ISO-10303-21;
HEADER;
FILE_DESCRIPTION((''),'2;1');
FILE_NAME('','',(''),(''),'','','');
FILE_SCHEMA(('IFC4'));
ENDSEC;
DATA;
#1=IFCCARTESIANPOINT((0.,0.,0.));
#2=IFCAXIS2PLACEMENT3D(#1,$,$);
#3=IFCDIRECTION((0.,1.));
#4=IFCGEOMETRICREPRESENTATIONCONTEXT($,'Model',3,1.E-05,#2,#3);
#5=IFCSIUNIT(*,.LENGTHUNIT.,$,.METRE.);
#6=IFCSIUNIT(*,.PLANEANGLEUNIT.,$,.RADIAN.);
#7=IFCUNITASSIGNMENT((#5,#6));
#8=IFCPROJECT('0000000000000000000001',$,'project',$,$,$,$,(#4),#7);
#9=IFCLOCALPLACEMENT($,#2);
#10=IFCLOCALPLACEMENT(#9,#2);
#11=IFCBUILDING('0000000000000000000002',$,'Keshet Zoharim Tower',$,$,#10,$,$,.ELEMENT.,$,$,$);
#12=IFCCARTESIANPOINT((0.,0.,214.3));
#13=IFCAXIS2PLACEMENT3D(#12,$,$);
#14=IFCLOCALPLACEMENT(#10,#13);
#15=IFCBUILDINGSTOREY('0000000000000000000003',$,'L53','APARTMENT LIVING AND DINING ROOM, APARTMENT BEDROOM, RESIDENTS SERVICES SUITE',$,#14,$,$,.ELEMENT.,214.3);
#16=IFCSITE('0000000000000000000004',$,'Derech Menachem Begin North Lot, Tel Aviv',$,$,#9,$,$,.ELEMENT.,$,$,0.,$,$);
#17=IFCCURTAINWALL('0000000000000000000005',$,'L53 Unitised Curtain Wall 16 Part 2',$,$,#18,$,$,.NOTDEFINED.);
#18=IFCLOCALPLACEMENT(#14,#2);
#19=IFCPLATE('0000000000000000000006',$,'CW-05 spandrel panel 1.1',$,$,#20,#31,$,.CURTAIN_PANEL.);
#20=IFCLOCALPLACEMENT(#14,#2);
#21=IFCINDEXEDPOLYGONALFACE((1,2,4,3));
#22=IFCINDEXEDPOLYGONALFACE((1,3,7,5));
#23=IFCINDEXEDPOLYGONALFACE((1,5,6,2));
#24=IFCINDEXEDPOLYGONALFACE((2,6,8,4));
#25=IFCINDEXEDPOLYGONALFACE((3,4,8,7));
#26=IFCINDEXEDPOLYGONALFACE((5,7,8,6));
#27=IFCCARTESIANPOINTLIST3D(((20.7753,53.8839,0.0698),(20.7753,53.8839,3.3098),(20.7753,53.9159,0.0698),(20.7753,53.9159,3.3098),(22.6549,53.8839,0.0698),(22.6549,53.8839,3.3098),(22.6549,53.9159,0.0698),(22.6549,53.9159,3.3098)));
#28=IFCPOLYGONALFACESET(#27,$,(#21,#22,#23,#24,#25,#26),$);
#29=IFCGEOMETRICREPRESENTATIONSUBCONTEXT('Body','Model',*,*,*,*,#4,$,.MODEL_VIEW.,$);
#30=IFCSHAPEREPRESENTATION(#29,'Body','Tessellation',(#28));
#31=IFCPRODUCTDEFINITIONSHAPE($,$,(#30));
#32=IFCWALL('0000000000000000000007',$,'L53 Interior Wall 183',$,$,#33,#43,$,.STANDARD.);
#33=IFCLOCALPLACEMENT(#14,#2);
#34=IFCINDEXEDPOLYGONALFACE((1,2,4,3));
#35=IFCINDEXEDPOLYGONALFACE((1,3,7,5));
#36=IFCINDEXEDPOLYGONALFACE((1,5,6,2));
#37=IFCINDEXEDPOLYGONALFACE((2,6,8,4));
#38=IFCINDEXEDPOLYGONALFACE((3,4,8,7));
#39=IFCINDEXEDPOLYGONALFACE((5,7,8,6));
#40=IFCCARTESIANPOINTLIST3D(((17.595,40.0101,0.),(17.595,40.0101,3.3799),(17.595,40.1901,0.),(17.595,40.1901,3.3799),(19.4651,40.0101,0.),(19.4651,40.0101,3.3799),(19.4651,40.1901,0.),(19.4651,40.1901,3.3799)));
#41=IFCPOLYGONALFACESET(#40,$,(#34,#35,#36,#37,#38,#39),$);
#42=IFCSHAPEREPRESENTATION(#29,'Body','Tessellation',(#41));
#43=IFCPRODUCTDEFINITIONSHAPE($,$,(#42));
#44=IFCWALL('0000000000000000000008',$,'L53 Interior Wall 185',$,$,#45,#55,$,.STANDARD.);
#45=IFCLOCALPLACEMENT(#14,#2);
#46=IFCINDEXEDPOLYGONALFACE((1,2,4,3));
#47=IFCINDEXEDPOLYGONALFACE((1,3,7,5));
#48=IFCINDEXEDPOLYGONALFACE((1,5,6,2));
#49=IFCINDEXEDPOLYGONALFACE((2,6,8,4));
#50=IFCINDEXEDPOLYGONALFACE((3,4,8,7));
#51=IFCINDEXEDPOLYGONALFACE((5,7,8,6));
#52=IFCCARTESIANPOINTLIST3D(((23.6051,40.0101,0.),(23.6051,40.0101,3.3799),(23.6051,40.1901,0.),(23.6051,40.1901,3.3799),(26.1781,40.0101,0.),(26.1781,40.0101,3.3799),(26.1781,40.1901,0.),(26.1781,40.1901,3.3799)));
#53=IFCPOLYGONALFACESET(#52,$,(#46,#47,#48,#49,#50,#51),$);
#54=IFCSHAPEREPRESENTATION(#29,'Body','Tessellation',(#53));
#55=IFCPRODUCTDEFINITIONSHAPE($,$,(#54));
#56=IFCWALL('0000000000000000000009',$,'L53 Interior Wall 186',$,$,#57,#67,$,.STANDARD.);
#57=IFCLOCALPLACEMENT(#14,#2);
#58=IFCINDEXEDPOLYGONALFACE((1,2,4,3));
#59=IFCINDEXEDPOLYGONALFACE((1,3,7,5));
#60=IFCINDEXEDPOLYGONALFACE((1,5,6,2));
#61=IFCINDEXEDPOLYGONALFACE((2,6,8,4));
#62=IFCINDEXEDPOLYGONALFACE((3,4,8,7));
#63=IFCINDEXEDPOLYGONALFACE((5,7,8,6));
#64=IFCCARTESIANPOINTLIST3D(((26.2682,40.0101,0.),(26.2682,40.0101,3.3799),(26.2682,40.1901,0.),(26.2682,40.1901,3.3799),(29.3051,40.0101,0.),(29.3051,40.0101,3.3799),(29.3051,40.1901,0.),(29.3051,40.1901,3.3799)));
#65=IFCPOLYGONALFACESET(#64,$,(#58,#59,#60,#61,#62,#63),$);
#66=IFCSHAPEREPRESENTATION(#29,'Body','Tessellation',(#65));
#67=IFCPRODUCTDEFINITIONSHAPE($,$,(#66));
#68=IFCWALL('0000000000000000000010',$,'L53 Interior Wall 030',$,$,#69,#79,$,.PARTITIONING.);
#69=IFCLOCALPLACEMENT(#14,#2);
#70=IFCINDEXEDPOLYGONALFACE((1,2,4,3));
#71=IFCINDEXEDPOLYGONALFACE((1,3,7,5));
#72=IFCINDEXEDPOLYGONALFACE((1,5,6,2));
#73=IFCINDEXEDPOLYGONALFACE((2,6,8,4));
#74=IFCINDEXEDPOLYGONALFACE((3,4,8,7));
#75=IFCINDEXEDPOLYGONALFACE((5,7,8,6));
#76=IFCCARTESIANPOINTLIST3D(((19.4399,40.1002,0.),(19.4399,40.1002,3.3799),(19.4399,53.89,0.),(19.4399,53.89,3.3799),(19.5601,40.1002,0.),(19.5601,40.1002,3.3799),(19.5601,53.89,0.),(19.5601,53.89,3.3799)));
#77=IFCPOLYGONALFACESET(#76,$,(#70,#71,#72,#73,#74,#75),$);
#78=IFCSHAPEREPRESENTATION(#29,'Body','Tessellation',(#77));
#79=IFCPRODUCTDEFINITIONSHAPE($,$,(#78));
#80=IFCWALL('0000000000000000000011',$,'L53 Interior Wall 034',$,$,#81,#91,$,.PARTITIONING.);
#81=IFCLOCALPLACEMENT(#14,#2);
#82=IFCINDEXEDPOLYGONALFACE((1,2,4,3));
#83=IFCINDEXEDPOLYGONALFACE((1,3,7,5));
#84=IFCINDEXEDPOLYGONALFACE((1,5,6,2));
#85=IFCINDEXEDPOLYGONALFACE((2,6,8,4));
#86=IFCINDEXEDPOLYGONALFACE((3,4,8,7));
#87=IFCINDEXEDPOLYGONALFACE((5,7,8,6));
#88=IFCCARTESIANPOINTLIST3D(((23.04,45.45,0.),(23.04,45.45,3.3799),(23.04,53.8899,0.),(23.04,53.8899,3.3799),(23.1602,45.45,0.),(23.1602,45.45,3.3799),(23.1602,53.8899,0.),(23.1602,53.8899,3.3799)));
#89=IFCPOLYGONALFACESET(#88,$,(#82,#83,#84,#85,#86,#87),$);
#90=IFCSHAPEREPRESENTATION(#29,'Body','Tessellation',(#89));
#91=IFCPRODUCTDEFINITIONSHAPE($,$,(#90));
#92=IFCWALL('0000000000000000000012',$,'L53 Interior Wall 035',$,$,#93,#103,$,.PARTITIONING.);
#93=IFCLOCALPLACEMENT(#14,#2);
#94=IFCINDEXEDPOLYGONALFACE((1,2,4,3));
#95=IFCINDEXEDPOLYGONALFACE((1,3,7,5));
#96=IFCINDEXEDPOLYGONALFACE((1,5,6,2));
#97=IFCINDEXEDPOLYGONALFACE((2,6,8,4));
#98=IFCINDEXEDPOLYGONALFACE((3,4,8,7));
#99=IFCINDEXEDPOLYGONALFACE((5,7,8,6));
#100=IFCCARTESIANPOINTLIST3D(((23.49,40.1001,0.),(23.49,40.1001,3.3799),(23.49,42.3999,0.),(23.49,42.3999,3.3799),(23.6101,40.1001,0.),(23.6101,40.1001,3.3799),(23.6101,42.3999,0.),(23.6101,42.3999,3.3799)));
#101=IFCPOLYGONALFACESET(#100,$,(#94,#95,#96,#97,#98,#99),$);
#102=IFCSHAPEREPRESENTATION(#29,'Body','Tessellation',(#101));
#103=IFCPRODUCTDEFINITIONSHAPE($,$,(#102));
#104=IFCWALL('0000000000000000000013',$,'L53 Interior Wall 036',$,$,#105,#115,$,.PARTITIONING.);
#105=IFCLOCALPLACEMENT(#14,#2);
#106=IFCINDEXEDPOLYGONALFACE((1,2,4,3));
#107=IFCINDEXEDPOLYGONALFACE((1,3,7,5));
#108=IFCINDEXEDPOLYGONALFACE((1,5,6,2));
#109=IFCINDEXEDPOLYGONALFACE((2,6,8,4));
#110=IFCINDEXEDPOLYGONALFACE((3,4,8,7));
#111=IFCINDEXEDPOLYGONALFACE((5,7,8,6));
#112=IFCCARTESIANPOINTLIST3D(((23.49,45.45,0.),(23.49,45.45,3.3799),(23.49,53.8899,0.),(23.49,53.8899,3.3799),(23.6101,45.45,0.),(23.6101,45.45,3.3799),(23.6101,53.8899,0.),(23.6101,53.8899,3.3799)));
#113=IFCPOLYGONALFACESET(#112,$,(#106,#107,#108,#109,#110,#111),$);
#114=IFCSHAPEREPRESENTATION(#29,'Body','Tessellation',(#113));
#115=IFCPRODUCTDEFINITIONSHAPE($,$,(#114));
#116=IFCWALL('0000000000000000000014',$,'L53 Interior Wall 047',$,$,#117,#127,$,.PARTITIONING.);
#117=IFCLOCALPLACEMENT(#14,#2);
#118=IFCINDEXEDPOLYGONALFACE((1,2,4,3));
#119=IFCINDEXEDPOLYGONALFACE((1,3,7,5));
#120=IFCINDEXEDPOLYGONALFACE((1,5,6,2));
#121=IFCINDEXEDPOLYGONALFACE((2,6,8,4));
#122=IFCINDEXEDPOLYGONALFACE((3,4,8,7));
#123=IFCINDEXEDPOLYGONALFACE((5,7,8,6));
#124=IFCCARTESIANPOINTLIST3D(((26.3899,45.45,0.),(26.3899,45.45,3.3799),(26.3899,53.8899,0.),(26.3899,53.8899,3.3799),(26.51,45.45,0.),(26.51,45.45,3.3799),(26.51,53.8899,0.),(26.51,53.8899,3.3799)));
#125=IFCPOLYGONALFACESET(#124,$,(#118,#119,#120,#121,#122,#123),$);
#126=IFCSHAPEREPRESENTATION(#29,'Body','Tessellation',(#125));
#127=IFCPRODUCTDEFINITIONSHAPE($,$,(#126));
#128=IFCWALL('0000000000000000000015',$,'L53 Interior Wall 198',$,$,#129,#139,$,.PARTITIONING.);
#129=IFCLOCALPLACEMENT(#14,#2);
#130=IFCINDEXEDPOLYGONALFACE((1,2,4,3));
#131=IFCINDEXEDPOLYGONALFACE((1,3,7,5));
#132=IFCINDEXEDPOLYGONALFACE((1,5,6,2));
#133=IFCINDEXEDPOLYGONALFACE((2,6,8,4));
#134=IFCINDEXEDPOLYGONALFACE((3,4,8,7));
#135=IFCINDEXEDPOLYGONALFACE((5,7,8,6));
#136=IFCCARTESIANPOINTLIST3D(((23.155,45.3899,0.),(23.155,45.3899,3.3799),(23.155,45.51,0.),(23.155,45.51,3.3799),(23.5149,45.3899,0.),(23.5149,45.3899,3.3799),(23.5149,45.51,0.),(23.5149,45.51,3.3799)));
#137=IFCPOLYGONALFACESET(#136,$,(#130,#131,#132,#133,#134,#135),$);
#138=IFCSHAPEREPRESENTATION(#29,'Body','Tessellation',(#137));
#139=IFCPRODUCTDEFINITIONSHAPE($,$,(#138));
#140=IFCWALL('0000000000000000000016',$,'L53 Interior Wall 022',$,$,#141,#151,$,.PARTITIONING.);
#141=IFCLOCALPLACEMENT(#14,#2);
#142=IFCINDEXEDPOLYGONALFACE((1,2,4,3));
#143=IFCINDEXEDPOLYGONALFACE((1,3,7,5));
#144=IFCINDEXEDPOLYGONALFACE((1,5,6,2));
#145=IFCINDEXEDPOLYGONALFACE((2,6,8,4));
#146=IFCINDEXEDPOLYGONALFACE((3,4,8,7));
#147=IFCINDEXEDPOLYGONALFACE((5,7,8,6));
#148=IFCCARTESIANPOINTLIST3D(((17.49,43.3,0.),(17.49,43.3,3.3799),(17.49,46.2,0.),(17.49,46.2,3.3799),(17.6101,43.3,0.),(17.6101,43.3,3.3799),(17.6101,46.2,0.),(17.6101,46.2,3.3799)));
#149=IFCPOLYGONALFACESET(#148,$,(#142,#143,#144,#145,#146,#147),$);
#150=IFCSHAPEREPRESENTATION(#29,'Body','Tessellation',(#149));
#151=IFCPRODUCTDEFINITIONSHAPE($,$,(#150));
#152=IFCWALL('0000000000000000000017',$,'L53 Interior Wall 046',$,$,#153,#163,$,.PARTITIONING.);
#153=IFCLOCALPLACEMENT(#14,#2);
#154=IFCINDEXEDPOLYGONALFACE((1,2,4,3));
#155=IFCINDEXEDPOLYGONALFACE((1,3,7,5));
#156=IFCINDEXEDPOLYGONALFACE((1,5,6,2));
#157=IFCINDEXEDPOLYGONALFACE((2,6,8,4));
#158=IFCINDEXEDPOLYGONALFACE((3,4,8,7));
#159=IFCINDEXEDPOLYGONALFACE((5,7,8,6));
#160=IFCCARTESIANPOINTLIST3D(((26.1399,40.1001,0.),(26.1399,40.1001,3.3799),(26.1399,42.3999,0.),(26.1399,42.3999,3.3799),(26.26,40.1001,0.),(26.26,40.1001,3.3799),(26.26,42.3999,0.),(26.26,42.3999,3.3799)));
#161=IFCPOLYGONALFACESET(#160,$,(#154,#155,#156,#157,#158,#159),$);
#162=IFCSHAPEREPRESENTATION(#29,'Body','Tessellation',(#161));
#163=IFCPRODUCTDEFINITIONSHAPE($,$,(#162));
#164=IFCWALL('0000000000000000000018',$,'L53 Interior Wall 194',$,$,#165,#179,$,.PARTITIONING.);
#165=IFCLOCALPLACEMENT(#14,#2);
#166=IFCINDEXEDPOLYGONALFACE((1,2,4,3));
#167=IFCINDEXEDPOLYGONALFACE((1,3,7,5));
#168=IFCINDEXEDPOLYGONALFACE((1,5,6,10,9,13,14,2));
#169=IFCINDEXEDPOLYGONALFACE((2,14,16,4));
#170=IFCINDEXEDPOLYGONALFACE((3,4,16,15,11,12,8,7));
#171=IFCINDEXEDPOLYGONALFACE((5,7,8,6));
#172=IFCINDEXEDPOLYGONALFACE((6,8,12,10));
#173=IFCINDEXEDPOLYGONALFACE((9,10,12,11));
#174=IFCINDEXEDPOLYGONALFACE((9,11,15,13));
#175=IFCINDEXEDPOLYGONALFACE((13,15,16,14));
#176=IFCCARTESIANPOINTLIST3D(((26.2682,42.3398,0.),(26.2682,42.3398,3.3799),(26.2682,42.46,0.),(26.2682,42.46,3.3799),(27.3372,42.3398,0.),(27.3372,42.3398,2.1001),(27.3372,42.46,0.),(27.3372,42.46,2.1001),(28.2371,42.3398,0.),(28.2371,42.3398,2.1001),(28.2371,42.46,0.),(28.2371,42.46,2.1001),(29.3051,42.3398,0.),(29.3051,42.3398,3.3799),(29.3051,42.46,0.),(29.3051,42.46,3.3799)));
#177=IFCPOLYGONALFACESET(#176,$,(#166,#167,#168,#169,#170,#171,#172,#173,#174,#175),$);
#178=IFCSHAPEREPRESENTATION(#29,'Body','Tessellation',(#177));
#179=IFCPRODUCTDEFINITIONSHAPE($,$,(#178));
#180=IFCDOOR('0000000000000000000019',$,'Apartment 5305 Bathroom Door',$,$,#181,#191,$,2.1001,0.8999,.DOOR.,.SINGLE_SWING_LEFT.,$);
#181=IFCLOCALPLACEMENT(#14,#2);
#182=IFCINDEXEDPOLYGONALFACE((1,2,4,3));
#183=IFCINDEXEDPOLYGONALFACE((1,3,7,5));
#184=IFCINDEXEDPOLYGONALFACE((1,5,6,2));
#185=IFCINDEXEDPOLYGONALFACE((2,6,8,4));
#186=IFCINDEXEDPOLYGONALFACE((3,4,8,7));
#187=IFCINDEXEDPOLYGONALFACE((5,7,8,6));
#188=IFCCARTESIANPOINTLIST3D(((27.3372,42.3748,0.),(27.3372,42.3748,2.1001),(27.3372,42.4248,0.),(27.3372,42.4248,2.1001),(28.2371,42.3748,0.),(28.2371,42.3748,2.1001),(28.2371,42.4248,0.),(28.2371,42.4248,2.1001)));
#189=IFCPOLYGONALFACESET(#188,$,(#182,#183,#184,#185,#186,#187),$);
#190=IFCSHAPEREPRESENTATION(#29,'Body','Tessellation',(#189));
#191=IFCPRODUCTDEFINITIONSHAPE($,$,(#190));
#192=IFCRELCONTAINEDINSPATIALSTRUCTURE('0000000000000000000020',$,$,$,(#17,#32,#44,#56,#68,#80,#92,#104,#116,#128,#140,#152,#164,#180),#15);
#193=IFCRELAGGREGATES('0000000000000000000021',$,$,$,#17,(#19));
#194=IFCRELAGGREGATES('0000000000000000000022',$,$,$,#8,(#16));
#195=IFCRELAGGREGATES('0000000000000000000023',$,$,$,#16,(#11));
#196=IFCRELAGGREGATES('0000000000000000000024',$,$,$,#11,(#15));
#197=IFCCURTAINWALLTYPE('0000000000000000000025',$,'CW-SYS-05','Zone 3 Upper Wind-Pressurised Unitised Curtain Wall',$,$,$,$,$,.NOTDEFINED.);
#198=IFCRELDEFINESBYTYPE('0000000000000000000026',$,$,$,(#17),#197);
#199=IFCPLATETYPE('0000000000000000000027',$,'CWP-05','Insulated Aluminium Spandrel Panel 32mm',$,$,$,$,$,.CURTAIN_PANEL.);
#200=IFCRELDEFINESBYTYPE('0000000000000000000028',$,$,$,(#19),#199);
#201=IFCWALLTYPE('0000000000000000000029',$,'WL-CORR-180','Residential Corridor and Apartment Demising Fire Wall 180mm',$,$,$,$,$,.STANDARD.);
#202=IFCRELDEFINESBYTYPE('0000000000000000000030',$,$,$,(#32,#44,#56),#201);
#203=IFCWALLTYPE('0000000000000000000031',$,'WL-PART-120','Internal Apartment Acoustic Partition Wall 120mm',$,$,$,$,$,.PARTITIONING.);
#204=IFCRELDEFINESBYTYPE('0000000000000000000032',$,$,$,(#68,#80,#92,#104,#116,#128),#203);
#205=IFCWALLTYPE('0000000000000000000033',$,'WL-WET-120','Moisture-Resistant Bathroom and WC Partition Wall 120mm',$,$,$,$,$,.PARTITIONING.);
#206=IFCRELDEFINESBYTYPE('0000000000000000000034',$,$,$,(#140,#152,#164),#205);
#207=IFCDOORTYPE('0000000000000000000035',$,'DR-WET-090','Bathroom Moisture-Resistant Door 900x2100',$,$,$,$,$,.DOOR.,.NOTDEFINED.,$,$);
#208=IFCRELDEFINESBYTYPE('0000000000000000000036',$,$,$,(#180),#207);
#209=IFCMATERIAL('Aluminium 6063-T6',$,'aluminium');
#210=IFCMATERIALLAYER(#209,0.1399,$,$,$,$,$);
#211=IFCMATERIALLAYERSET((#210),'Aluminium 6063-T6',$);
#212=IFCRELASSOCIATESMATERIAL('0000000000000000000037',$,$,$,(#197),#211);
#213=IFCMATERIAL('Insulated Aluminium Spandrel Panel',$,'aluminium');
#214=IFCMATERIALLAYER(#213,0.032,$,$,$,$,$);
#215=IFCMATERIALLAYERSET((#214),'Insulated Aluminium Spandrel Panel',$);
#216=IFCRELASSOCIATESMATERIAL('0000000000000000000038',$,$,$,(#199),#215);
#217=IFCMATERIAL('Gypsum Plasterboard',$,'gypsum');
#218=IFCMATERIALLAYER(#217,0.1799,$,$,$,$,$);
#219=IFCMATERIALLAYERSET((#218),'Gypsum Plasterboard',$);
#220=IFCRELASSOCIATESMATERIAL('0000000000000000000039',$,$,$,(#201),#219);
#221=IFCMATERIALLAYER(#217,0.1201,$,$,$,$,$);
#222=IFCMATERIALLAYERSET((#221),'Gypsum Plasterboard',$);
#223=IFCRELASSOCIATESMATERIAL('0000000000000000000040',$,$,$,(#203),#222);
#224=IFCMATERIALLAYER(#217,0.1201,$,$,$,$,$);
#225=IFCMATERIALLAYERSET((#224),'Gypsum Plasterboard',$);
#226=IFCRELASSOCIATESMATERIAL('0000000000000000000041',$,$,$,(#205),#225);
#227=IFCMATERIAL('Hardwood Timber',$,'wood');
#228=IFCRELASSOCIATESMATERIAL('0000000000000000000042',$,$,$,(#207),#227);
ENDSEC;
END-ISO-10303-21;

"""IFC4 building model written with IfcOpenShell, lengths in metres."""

from ifc_helpers import new_model, si_unit, direction, frame, frame_2d, origin, origin_2d, place, context, subcontext, project, spatial, rectangle, extrude, material, layer, layer_set, type_object, element, fill, aggregate, save


model = new_model("IFC4")

# Units and contexts
model_context = context("Model", 3, precision=1e-05, world=origin(), true_north=direction((0.0, 1.0)))
body_context = subcontext(model_context, "Body", "Model", "MODEL_VIEW")
ifc_project = project(units=[si_unit("LENGTHUNIT", "METRE"), si_unit("PLANEANGLEUNIT", "RADIAN")], contexts=[model_context])

# Site, building, storey
site_placement = place(None, origin())
site = spatial("IfcSite", under=ifc_project, at=site_placement, Name="Derech Menachem Begin North Lot, Tel Aviv", CompositionType="ELEMENT", RefElevation=0.0)
building_placement = place(site_placement, origin())
building = spatial("IfcBuilding", under=site, at=building_placement, Name="Keshet Zoharim Tower", CompositionType="ELEMENT")
storey_placement = place(building_placement, frame((0.0, 0.0, 214.3)))
storey = spatial("IfcBuildingStorey", under=building, at=storey_placement, Name="L53", Description="APARTMENT LIVING AND DINING ROOM, APARTMENT BEDROOM, RESIDENTS SERVICES SUITE", CompositionType="ELEMENT", Elevation=214.3)

# Shared definitions
ifc_material_1 = material(Name="Aluminium 6063-T6", Category="aluminium")
ifc_layer_1 = layer(ifc_material_1, 0.1399)
ifc_layer_set_1 = layer_set([ifc_layer_1], Name="Aluminium 6063-T6")
curtain_wall_type = type_object("IfcCurtainWallType", Name="CW-SYS-05", Description="Zone 3 Upper Wind-Pressurised Unitised Curtain Wall", PredefinedType="NOTDEFINED", material=ifc_layer_set_1)

# Curtain wall
curtain_wall_1_placement = place(storey_placement, origin())
curtain_wall_1 = element("IfcCurtainWall", 1, at=curtain_wall_1_placement, inside=storey, type_object=curtain_wall_type, Name="L53 Unitised Curtain Wall 16 Part 2", PredefinedType="NOTDEFINED")

# Plate
ifc_material_2 = material(Name="Insulated Aluminium Spandrel Panel", Category="aluminium")
ifc_layer_2 = layer(ifc_material_2, 0.032)
ifc_layer_set_2 = layer_set([ifc_layer_2], Name="Insulated Aluminium Spandrel Panel")
plate_type_1 = type_object("IfcPlateType", Name="CWP-05", Description="Insulated Aluminium Spandrel Panel 32mm", PredefinedType="CURTAIN_PANEL", material=ifc_layer_set_2)
plate_1_placement = place(storey_placement, frame((21.7151, 53.8999, 0.0698), z_axis=(0.0, 0.0, 1.0), x_axis=(1.0, 0.0, 0.0)))
plate_1 = element("IfcPlate", 2, at=plate_1_placement, type_object=plate_type_1, Name="CW-05 spandrel panel 1.1", PredefinedType="CURTAIN_PANEL", context=body_context, shape_type="SweptSolid", body=[
    extrude(rectangle(XDim=1.8796, YDim=0.032, at=origin_2d()), origin(), (0.0, 0.0, 1.0), 3.24),
])
aggregate(curtain_wall_1, [plate_1])

# Wall
ifc_material_3 = material(Name="Gypsum Plasterboard", Category="gypsum")
ifc_layer_3 = layer(ifc_material_3, 0.1799)
ifc_layer_set_3 = layer_set([ifc_layer_3], Name="Gypsum Plasterboard")
wall_type_1 = type_object("IfcWallType", Name="WL-CORR-180", Description="Residential Corridor and Apartment Demising Fire Wall 180mm", PredefinedType="STANDARD", material=ifc_layer_set_3)
wall_1_placement = place(storey_placement, frame((17.595, 40.1001, 0.0), z_axis=(0.0, 0.0, 1.0), x_axis=(1.0, 0.0, 0.0)))
element("IfcWall", 3, at=wall_1_placement, inside=storey, type_object=wall_type_1, Name="L53 Interior Wall 183", PredefinedType="STANDARD", context=body_context, shape_type="SweptSolid", body=[
    extrude(rectangle(XDim=1.8701, YDim=0.1799, at=frame_2d((0.9351, 0.0))), origin(), (0.0, 0.0, 1.0), 3.3799),
])

# Shared definitions
ifc_material_4 = material(Name="Hardwood Timber", Category="wood")

# Walls
wall_2_placement = place(storey_placement, frame((23.605, 40.1001, 0.0), z_axis=(0.0, 0.0, 1.0), x_axis=(1.0, 0.0, 0.0)))
element("IfcWall", 4, at=wall_2_placement, inside=storey, type_object=wall_type_1, Name="L53 Interior Wall 185", PredefinedType="STANDARD", context=body_context, shape_type="SweptSolid", body=[
    extrude(rectangle(XDim=2.573, YDim=0.1799, at=frame_2d((1.2866, 0.0))), origin(), (0.0, 0.0, 1.0), 3.3799),
])
wall_3_placement = place(storey_placement, frame((26.2681, 40.1001, 0.0), z_axis=(0.0, 0.0, 1.0), x_axis=(1.0, 0.0, 0.0)))
element("IfcWall", 5, at=wall_3_placement, inside=storey, type_object=wall_type_1, Name="L53 Interior Wall 186", PredefinedType="STANDARD", context=body_context, shape_type="SweptSolid", body=[
    extrude(rectangle(XDim=3.0369, YDim=0.1799, at=frame_2d((1.5186, 0.0))), origin(), (0.0, 0.0, 1.0), 3.3799),
])
ifc_layer_4 = layer(ifc_material_3, 0.1201)
ifc_layer_set_4 = layer_set([ifc_layer_4], Name="Gypsum Plasterboard")
wall_type_2 = type_object("IfcWallType", Name="WL-PART-120", Description="Internal Apartment Acoustic Partition Wall 120mm", PredefinedType="PARTITIONING", material=ifc_layer_set_4)
wall_4_placement = place(storey_placement, frame((19.5, 40.1001, 0.0), z_axis=(0.0, 0.0, 1.0), x_axis=(0.0, 1.0, 0.0)))
element("IfcWall", 6, at=wall_4_placement, inside=storey, type_object=wall_type_2, Name="L53 Interior Wall 030", PredefinedType="PARTITIONING", context=body_context, shape_type="SweptSolid", body=[
    extrude(rectangle(XDim=13.7898, YDim=0.1201, at=frame_2d((6.895, 0.0))), origin(), (0.0, 0.0, 1.0), 3.3799),
])
wall_5_placement = place(storey_placement, frame((23.1001, 45.45, 0.0), z_axis=(0.0, 0.0, 1.0), x_axis=(0.0, 1.0, 0.0)))
element("IfcWall", 7, at=wall_5_placement, inside=storey, type_object=wall_type_2, Name="L53 Interior Wall 034", PredefinedType="PARTITIONING", context=body_context, shape_type="SweptSolid", body=[
    extrude(rectangle(XDim=8.4399, YDim=0.1201, at=frame_2d((4.22, 0.0))), origin(), (0.0, 0.0, 1.0), 3.3799),
])
wall_6_placement = place(storey_placement, frame((23.55, 40.1001, 0.0), z_axis=(0.0, 0.0, 1.0), x_axis=(0.0, 1.0, 0.0)))
element("IfcWall", 8, at=wall_6_placement, inside=storey, type_object=wall_type_2, Name="L53 Interior Wall 035", PredefinedType="PARTITIONING", context=body_context, shape_type="SweptSolid", body=[
    extrude(rectangle(XDim=2.2998, YDim=0.1201, at=frame_2d((1.1499, 0.0))), origin(), (0.0, 0.0, 1.0), 3.3799),
])
for number, where, z_axis, x_axis, name in (
    (9, (23.55, 45.45, 0.0), (0.0, 0.0, 1.0), (0.0, 1.0, 0.0), "L53 Interior Wall 036"),
    (10, (26.45, 45.45, 0.0), (0.0, 0.0, 1.0), (0.0, 1.0, 0.0), "L53 Interior Wall 047"),
):
    element("IfcWall", number, at=place(storey_placement, frame(where, z_axis=z_axis, x_axis=x_axis)), inside=storey, type_object=wall_type_2, Name=name, PredefinedType="PARTITIONING", context=body_context, shape_type="SweptSolid", body=[
        extrude(rectangle(XDim=8.4399, YDim=0.1201, at=frame_2d((4.22, 0.0))), origin(), (0.0, 0.0, 1.0), 3.3799),
    ])

# Wall
wall_7_placement = place(storey_placement, frame((23.155, 45.45, 0.0), z_axis=(0.0, 0.0, 1.0), x_axis=(1.0, 0.0, 0.0)))
element("IfcWall", 11, at=wall_7_placement, inside=storey, type_object=wall_type_2, Name="L53 Interior Wall 198", PredefinedType="PARTITIONING", context=body_context, shape_type="SweptSolid", body=[
    extrude(rectangle(XDim=0.3599, YDim=0.1201, at=frame_2d((0.1799, 0.0))), origin(), (0.0, 0.0, 1.0), 3.3799),
])

# Walls
ifc_layer_5 = layer(ifc_material_3, 0.1201)
ifc_layer_set_5 = layer_set([ifc_layer_5], Name="Gypsum Plasterboard")
wall_type_3 = type_object("IfcWallType", Name="WL-WET-120", Description="Moisture-Resistant Bathroom and WC Partition Wall 120mm", PredefinedType="PARTITIONING", material=ifc_layer_set_5)
wall_8_placement = place(storey_placement, frame((17.55, 43.3, 0.0), z_axis=(0.0, 0.0, 1.0), x_axis=(0.0, 1.0, 0.0)))
element("IfcWall", 12, at=wall_8_placement, inside=storey, type_object=wall_type_3, Name="L53 Interior Wall 022", PredefinedType="PARTITIONING", context=body_context, shape_type="SweptSolid", body=[
    extrude(rectangle(XDim=2.8999, YDim=0.1201, at=frame_2d((1.45, 0.0))), origin(), (0.0, 0.0, 1.0), 3.3799),
])
wall_9_placement = place(storey_placement, frame((26.2, 40.1001, 0.0), z_axis=(0.0, 0.0, 1.0), x_axis=(0.0, 1.0, 0.0)))
element("IfcWall", 13, at=wall_9_placement, inside=storey, type_object=wall_type_3, Name="L53 Interior Wall 046", PredefinedType="PARTITIONING", context=body_context, shape_type="SweptSolid", body=[
    extrude(rectangle(XDim=2.2998, YDim=0.1201, at=frame_2d((1.1499, 0.0))), origin(), (0.0, 0.0, 1.0), 3.3799),
])

# Wall, opening, door
wall_10_placement = place(storey_placement, frame((26.2681, 42.3999, 0.0), z_axis=(0.0, 0.0, 1.0), x_axis=(1.0, 0.0, 0.0)))
wall_10 = element("IfcWall", 14, at=wall_10_placement, inside=storey, type_object=wall_type_3, Name="L53 Interior Wall 194", PredefinedType="PARTITIONING", context=body_context, shape_type="SweptSolid", body=[
    extrude(rectangle(XDim=3.0369, YDim=0.1201, at=frame_2d((1.5186, 0.0))), origin(), (0.0, 0.0, 1.0), 3.3799),
])
opening_1_placement = place(wall_10_placement, frame((1.0691, 0.0, 0.0)))
opening_1 = element("IfcOpeningElement", 15, at=opening_1_placement, cuts=wall_10, PredefinedType="OPENING", context=body_context, shape_type="SweptSolid", body=[
    extrude(rectangle(XDim=0.8999, YDim=2.1001, at=frame_2d((0.45, 1.05))), frame((0.0, 0.0701, 0.0), z_axis=(0.0, -1.0, 0.0), x_axis=(1.0, 0.0, 0.0)), (0.0, 0.0, 1.0), 0.1401),
])
door_type_1 = type_object("IfcDoorType", Name="DR-WET-090", Description="Bathroom Moisture-Resistant Door 900x2100", OperationType="NOTDEFINED", PredefinedType="DOOR", material=ifc_material_4)
door_1_placement = place(opening_1_placement, origin())
door_1 = element("IfcDoor", 16, at=door_1_placement, inside=storey, type_object=door_type_1, Name="Apartment 5305 Bathroom Door", OperationType="SINGLE_SWING_LEFT", OverallHeight=2.1001, OverallWidth=0.8999, PredefinedType="DOOR", context=body_context, shape_type="SweptSolid", body=[
    extrude(rectangle(XDim=0.8999, YDim=2.1001, at=frame_2d((0.45, 1.05))), frame((0.0, 0.0249, 0.0), z_axis=(0.0, -1.0, 0.0), x_axis=(1.0, 0.0, 0.0)), (0.0, 0.0, 1.0), 0.05),
])
fill(opening_1, door_1)

save(model, "model.ifc")
